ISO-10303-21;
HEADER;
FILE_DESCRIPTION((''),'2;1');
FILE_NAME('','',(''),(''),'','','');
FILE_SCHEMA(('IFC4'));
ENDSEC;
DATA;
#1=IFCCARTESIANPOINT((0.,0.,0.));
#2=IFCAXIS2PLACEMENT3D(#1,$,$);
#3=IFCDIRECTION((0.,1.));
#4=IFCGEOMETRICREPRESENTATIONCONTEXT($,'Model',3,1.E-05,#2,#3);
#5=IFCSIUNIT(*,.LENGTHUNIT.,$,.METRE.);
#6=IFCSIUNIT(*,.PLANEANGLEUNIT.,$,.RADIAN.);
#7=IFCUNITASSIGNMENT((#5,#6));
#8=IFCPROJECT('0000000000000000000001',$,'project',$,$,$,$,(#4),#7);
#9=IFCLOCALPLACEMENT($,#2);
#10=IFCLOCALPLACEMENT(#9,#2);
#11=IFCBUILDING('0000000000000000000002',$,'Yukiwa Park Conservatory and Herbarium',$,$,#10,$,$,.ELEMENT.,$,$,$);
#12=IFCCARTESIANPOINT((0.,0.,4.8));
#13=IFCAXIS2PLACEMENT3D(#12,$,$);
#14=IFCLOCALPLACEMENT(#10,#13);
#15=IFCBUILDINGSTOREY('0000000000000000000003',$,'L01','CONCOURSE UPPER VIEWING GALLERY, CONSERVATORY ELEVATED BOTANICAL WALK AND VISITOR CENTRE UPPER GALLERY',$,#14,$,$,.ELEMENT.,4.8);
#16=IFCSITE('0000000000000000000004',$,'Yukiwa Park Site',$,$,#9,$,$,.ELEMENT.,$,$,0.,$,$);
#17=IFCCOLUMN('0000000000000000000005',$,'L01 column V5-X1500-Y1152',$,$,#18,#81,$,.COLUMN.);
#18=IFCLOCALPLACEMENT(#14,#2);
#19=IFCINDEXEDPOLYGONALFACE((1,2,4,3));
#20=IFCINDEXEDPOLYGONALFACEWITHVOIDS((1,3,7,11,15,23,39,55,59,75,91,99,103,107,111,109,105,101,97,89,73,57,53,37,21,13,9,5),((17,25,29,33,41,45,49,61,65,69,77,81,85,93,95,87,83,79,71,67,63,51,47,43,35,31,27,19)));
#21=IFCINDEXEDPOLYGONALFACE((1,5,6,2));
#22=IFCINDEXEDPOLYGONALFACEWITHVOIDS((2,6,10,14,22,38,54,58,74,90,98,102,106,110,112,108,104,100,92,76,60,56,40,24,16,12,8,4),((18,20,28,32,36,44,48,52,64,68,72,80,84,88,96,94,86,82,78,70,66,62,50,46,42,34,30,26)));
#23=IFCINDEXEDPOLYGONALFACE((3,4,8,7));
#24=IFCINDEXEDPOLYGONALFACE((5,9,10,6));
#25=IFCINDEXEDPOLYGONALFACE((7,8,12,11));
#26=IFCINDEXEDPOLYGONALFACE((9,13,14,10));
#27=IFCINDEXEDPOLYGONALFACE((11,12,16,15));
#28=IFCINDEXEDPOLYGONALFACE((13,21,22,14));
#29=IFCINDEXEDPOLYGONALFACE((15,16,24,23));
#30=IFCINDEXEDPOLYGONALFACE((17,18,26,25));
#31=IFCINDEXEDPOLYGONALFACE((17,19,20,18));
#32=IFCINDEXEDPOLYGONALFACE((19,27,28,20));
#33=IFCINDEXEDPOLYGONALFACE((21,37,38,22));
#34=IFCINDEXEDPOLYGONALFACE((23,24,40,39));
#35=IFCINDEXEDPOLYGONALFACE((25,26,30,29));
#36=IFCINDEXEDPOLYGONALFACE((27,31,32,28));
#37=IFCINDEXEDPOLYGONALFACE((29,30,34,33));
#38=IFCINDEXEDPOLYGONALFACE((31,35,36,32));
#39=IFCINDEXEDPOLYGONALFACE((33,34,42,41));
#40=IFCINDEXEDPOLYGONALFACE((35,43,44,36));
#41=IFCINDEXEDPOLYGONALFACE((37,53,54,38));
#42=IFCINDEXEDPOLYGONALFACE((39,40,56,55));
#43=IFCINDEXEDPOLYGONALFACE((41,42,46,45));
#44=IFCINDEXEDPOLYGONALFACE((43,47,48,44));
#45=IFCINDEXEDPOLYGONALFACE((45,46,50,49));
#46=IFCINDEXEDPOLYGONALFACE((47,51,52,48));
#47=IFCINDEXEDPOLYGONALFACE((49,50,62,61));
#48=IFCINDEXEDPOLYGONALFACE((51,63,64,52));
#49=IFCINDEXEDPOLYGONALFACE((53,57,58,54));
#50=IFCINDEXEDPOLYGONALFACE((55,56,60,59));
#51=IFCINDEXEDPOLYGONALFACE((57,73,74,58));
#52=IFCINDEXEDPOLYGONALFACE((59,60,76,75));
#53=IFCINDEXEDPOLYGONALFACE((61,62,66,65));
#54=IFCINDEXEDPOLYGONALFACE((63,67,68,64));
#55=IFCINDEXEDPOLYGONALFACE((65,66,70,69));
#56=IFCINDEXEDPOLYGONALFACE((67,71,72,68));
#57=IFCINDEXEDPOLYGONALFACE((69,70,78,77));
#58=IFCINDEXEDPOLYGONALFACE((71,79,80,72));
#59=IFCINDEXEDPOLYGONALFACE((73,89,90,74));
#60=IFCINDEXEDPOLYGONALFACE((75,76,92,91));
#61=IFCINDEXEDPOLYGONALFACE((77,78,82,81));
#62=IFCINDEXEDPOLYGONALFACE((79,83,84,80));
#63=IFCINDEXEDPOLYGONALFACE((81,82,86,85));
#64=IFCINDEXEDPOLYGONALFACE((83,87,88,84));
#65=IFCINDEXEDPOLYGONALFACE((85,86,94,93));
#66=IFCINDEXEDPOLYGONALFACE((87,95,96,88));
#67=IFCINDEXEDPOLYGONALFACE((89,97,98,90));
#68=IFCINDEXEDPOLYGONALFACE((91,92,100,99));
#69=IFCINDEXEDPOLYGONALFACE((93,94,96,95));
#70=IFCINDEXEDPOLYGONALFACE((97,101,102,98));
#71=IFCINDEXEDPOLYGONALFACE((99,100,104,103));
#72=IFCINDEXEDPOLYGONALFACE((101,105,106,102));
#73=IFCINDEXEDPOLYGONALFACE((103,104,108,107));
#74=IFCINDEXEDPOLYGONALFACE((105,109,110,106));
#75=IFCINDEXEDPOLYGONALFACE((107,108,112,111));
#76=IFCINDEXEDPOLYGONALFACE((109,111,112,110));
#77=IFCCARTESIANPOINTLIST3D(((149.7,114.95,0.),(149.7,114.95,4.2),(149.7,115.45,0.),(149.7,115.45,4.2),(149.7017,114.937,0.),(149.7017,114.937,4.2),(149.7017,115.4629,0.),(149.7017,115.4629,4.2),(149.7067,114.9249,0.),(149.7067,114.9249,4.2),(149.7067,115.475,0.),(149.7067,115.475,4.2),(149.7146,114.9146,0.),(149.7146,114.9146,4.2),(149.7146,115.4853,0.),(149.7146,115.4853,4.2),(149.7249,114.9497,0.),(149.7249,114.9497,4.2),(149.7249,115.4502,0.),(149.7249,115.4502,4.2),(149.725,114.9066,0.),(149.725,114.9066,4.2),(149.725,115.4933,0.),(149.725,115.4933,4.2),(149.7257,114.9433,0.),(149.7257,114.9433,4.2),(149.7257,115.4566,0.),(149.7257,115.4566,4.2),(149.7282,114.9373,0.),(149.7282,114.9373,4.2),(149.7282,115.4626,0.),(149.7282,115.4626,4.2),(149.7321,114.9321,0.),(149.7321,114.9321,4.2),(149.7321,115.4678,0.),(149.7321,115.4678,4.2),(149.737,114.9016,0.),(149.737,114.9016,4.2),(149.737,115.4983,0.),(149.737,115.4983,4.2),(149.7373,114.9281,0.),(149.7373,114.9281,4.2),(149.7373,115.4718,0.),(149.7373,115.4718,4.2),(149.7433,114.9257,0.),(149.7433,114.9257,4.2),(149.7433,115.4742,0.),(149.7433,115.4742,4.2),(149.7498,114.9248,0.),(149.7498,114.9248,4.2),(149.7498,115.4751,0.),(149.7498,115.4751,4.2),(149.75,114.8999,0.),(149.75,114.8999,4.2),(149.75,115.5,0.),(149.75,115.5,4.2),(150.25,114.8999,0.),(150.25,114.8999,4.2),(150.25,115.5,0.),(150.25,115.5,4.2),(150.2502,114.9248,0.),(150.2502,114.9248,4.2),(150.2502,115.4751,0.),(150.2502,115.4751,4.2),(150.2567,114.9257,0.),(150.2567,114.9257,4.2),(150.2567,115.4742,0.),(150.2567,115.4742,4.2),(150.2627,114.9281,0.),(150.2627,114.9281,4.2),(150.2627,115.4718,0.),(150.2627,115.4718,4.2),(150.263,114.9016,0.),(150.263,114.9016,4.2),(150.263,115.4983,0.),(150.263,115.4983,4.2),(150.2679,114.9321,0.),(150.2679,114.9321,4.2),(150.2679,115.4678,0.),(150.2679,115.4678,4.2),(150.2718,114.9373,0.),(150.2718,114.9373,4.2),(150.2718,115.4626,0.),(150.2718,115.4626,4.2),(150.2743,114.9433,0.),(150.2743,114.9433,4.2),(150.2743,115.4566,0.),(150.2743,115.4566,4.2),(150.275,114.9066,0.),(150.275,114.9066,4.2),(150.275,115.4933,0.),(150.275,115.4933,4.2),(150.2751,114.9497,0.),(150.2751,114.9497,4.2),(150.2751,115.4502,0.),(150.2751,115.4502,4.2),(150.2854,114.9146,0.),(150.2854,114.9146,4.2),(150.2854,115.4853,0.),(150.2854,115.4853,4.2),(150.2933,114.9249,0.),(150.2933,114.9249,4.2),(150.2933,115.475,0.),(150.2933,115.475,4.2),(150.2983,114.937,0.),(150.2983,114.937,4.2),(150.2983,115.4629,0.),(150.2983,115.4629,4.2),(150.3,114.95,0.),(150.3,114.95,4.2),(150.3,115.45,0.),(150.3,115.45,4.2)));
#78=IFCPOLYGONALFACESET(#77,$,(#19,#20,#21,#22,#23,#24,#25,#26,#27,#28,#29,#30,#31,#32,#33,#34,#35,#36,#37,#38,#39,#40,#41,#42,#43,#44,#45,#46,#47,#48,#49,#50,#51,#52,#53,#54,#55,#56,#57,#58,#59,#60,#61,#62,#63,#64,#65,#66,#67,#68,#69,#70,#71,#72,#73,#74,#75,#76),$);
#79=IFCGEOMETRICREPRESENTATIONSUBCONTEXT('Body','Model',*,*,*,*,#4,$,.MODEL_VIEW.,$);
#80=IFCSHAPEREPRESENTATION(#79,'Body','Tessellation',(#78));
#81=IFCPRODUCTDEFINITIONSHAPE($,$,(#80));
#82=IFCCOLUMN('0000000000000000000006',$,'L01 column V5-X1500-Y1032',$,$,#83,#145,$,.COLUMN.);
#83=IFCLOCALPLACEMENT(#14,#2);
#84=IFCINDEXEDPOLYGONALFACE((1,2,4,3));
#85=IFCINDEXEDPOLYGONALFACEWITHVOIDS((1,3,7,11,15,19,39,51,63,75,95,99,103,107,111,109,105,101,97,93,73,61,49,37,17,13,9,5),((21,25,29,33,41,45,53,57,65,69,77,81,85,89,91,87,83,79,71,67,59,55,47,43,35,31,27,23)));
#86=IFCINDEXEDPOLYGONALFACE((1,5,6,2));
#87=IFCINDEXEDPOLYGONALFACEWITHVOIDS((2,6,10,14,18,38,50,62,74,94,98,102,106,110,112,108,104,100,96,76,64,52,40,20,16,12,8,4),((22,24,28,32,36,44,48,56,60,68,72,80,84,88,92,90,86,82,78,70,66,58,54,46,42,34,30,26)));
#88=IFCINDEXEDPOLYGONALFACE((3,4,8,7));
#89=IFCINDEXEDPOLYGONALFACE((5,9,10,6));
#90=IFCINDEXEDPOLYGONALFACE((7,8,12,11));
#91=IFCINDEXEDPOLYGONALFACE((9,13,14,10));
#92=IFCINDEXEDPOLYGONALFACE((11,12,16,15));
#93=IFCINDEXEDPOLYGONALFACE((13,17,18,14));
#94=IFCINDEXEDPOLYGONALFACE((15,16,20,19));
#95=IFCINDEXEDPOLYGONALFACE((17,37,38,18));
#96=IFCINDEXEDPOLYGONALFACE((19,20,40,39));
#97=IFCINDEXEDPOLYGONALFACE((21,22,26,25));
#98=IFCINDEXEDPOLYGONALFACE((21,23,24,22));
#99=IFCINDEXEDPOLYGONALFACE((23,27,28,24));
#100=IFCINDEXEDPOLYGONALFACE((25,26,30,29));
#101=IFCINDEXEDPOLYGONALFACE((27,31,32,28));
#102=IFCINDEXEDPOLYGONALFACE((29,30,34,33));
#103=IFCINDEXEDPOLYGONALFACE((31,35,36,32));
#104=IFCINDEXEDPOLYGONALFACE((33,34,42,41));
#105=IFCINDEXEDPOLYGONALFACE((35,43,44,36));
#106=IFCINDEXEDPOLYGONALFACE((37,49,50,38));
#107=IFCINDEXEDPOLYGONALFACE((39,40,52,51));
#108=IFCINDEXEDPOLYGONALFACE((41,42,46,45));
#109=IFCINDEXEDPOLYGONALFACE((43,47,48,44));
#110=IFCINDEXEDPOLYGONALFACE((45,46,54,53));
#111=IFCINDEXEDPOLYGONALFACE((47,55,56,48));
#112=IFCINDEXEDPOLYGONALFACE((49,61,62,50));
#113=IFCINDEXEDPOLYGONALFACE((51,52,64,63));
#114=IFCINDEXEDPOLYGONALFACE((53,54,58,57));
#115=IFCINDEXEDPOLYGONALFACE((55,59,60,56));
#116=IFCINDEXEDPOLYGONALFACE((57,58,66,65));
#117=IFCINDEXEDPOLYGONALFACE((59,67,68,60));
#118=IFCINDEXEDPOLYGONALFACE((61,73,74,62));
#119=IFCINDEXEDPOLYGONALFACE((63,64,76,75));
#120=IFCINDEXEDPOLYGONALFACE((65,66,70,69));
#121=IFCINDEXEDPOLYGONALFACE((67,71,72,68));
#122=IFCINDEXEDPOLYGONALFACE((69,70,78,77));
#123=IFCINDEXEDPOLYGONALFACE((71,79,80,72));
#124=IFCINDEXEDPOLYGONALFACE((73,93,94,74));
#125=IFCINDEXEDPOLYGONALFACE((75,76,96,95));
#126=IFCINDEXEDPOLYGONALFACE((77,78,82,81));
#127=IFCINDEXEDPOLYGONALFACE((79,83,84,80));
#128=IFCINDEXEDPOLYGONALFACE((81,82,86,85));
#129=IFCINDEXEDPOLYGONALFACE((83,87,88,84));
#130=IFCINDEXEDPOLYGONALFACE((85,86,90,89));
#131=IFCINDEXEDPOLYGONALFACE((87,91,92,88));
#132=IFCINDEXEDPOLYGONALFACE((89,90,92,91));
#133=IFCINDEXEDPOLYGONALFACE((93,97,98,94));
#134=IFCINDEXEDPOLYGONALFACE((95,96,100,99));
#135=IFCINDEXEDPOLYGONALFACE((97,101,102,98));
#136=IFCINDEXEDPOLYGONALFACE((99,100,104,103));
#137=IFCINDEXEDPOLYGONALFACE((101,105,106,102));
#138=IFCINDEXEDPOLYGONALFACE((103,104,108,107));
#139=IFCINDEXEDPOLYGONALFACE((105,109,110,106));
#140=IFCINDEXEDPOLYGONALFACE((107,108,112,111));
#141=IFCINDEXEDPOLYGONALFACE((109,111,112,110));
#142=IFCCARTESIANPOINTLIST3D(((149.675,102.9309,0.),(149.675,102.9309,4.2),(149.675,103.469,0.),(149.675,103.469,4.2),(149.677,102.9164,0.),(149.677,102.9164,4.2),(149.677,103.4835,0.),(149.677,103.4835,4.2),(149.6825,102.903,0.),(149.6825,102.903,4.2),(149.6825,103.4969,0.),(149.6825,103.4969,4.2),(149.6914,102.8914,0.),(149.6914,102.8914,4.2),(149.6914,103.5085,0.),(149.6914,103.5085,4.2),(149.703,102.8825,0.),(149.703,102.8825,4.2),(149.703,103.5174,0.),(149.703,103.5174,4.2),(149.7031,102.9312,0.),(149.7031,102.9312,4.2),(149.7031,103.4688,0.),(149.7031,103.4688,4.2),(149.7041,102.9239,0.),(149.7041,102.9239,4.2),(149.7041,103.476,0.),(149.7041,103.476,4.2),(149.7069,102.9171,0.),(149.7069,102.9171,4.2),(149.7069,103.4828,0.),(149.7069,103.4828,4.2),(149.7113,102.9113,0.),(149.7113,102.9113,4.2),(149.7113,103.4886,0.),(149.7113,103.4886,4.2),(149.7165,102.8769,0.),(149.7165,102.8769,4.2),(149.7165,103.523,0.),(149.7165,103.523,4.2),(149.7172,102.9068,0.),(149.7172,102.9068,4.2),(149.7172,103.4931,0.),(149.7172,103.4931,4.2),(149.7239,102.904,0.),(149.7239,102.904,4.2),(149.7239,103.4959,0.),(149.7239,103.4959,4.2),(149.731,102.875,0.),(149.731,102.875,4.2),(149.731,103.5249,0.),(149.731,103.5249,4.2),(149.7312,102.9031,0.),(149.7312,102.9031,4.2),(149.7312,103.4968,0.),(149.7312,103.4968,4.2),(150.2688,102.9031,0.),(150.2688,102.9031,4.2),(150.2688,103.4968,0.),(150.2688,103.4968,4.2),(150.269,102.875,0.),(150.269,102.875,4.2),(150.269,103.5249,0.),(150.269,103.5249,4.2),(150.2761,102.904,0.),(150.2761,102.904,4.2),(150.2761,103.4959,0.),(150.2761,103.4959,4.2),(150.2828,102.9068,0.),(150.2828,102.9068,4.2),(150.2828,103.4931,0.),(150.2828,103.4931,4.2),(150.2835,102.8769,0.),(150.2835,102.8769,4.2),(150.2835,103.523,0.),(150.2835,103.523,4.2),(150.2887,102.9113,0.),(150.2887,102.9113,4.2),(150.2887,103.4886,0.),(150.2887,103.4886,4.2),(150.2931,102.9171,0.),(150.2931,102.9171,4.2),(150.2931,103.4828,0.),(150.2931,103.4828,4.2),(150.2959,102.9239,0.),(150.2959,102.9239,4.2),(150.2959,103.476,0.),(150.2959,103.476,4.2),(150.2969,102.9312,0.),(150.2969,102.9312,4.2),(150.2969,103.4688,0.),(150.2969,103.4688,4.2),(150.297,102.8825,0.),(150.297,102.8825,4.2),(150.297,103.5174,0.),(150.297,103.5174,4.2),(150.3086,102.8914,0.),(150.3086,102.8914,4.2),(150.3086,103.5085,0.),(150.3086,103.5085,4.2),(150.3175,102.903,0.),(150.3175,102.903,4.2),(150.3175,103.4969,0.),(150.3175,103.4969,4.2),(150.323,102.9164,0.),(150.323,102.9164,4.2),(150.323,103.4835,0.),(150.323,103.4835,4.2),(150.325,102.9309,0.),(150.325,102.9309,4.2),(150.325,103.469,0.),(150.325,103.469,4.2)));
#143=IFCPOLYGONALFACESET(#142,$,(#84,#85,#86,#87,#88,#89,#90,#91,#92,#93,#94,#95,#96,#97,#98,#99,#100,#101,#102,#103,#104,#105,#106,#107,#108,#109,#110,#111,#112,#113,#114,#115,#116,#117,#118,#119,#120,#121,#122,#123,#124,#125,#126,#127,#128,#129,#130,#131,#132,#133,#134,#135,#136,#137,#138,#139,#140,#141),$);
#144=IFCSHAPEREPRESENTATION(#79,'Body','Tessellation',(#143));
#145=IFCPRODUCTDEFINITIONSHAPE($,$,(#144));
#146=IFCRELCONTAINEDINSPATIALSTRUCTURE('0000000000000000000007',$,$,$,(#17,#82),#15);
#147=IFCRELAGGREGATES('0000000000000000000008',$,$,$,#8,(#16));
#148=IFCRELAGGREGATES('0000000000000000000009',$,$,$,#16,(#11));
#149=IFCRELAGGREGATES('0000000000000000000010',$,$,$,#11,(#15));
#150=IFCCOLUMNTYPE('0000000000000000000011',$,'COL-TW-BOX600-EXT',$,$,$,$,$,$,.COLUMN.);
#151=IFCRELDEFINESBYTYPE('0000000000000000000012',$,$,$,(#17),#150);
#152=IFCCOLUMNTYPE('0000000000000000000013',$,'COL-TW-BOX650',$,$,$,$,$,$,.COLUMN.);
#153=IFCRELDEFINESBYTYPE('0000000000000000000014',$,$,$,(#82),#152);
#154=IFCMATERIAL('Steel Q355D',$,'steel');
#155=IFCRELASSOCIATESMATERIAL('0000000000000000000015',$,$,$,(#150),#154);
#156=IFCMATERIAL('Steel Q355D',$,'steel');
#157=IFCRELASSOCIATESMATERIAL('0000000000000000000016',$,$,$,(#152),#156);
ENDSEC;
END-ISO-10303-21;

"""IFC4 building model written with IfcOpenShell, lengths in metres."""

from ifc_helpers import new_model, si_unit, direction, frame, origin, origin_2d, place, context, subcontext, project, spatial, hollow_rectangle, extrude, material, material_profile, profile_set, type_object, element, save


model = new_model("IFC4")

# Units and contexts
model_context = context("Model", 3, precision=1e-05, world=origin(), true_north=direction((0.0, 1.0)))
body_context = subcontext(model_context, "Body", "Model", "MODEL_VIEW")
ifc_project = project(units=[si_unit("LENGTHUNIT", "METRE"), si_unit("PLANEANGLEUNIT", "RADIAN")], contexts=[model_context])

# Site, building, storey
site_placement = place(None, origin())
site = spatial("IfcSite", under=ifc_project, at=site_placement, Name="Yukiwa Park Site", CompositionType="ELEMENT", RefElevation=0.0)
building_placement = place(site_placement, origin())
building = spatial("IfcBuilding", under=site, at=building_placement, Name="Yukiwa Park Conservatory and Herbarium", CompositionType="ELEMENT")
storey_placement = place(building_placement, frame((0.0, 0.0, 4.8)))
storey = spatial("IfcBuildingStorey", under=building, at=storey_placement, Name="L01", Description="CONCOURSE UPPER VIEWING GALLERY, CONSERVATORY ELEVATED BOTANICAL WALK AND VISITOR CENTRE UPPER GALLERY", CompositionType="ELEMENT", Elevation=4.8)

# Columns
ifc_material_1 = material(Name="Steel Q355D", Category="steel")
ifc_material_profile_1 = material_profile(ifc_material_1, hollow_rectangle(XDim=0.6001, YDim=0.6001, WallThickness=0.0249, InnerFilletRadius=0.0249, OuterFilletRadius=0.05, at=origin_2d()), Name="BOX 600x600x25")
ifc_profile_set_1 = profile_set([ifc_material_profile_1], Name="Steel Q355D")
column_type_1 = type_object("IfcColumnType", Name="COL-TW-BOX600-EXT", PredefinedType="COLUMN", material=ifc_profile_set_1)
column_placement = place(storey_placement, frame((150.0, 115.2, 0.0), z_axis=(0.0, 0.0, 1.0), x_axis=(1.0, 0.0, 0.0)))
element("IfcColumn", 1, at=column_placement, inside=storey, type_object=column_type_1, Name="L01 column V5-X1500-Y1152", PredefinedType="COLUMN", context=body_context, shape_type="SweptSolid", body=[
    extrude(hollow_rectangle(XDim=0.6001, YDim=0.6001, WallThickness=0.0249, InnerFilletRadius=0.0249, OuterFilletRadius=0.05, at=origin_2d()), origin(), (0.0, 0.0, 1.0), 4.2),
])
ifc_material_2 = material(Name="Steel Q355D", Category="steel")
ifc_material_profile_2 = material_profile(ifc_material_2, hollow_rectangle(XDim=0.6499, YDim=0.6499, WallThickness=0.0281, InnerFilletRadius=0.0281, OuterFilletRadius=0.0559, at=origin_2d()), Name="BOX 650x650x28")
ifc_profile_set_2 = profile_set([ifc_material_profile_2], Name="Steel Q355D")
column_type_2 = type_object("IfcColumnType", Name="COL-TW-BOX650", PredefinedType="COLUMN", material=ifc_profile_set_2)
for number, where, z_axis, x_axis, name in (
    (2, (150.0, 103.2, 0.0), (0.0, 0.0, 1.0), (1.0, 0.0, 0.0), "L01 column V5-X1500-Y1032"),
):
    element("IfcColumn", number, at=place(storey_placement, frame(where, z_axis=z_axis, x_axis=x_axis)), inside=storey, type_object=column_type_2, Name=name, PredefinedType="COLUMN", context=body_context, shape_type="SweptSolid", body=[
        extrude(hollow_rectangle(XDim=0.6499, YDim=0.6499, WallThickness=0.0281, InnerFilletRadius=0.0281, OuterFilletRadius=0.0559, at=origin_2d()), origin(), (0.0, 0.0, 1.0), 4.2),
    ])

save(model, "model.ifc")
